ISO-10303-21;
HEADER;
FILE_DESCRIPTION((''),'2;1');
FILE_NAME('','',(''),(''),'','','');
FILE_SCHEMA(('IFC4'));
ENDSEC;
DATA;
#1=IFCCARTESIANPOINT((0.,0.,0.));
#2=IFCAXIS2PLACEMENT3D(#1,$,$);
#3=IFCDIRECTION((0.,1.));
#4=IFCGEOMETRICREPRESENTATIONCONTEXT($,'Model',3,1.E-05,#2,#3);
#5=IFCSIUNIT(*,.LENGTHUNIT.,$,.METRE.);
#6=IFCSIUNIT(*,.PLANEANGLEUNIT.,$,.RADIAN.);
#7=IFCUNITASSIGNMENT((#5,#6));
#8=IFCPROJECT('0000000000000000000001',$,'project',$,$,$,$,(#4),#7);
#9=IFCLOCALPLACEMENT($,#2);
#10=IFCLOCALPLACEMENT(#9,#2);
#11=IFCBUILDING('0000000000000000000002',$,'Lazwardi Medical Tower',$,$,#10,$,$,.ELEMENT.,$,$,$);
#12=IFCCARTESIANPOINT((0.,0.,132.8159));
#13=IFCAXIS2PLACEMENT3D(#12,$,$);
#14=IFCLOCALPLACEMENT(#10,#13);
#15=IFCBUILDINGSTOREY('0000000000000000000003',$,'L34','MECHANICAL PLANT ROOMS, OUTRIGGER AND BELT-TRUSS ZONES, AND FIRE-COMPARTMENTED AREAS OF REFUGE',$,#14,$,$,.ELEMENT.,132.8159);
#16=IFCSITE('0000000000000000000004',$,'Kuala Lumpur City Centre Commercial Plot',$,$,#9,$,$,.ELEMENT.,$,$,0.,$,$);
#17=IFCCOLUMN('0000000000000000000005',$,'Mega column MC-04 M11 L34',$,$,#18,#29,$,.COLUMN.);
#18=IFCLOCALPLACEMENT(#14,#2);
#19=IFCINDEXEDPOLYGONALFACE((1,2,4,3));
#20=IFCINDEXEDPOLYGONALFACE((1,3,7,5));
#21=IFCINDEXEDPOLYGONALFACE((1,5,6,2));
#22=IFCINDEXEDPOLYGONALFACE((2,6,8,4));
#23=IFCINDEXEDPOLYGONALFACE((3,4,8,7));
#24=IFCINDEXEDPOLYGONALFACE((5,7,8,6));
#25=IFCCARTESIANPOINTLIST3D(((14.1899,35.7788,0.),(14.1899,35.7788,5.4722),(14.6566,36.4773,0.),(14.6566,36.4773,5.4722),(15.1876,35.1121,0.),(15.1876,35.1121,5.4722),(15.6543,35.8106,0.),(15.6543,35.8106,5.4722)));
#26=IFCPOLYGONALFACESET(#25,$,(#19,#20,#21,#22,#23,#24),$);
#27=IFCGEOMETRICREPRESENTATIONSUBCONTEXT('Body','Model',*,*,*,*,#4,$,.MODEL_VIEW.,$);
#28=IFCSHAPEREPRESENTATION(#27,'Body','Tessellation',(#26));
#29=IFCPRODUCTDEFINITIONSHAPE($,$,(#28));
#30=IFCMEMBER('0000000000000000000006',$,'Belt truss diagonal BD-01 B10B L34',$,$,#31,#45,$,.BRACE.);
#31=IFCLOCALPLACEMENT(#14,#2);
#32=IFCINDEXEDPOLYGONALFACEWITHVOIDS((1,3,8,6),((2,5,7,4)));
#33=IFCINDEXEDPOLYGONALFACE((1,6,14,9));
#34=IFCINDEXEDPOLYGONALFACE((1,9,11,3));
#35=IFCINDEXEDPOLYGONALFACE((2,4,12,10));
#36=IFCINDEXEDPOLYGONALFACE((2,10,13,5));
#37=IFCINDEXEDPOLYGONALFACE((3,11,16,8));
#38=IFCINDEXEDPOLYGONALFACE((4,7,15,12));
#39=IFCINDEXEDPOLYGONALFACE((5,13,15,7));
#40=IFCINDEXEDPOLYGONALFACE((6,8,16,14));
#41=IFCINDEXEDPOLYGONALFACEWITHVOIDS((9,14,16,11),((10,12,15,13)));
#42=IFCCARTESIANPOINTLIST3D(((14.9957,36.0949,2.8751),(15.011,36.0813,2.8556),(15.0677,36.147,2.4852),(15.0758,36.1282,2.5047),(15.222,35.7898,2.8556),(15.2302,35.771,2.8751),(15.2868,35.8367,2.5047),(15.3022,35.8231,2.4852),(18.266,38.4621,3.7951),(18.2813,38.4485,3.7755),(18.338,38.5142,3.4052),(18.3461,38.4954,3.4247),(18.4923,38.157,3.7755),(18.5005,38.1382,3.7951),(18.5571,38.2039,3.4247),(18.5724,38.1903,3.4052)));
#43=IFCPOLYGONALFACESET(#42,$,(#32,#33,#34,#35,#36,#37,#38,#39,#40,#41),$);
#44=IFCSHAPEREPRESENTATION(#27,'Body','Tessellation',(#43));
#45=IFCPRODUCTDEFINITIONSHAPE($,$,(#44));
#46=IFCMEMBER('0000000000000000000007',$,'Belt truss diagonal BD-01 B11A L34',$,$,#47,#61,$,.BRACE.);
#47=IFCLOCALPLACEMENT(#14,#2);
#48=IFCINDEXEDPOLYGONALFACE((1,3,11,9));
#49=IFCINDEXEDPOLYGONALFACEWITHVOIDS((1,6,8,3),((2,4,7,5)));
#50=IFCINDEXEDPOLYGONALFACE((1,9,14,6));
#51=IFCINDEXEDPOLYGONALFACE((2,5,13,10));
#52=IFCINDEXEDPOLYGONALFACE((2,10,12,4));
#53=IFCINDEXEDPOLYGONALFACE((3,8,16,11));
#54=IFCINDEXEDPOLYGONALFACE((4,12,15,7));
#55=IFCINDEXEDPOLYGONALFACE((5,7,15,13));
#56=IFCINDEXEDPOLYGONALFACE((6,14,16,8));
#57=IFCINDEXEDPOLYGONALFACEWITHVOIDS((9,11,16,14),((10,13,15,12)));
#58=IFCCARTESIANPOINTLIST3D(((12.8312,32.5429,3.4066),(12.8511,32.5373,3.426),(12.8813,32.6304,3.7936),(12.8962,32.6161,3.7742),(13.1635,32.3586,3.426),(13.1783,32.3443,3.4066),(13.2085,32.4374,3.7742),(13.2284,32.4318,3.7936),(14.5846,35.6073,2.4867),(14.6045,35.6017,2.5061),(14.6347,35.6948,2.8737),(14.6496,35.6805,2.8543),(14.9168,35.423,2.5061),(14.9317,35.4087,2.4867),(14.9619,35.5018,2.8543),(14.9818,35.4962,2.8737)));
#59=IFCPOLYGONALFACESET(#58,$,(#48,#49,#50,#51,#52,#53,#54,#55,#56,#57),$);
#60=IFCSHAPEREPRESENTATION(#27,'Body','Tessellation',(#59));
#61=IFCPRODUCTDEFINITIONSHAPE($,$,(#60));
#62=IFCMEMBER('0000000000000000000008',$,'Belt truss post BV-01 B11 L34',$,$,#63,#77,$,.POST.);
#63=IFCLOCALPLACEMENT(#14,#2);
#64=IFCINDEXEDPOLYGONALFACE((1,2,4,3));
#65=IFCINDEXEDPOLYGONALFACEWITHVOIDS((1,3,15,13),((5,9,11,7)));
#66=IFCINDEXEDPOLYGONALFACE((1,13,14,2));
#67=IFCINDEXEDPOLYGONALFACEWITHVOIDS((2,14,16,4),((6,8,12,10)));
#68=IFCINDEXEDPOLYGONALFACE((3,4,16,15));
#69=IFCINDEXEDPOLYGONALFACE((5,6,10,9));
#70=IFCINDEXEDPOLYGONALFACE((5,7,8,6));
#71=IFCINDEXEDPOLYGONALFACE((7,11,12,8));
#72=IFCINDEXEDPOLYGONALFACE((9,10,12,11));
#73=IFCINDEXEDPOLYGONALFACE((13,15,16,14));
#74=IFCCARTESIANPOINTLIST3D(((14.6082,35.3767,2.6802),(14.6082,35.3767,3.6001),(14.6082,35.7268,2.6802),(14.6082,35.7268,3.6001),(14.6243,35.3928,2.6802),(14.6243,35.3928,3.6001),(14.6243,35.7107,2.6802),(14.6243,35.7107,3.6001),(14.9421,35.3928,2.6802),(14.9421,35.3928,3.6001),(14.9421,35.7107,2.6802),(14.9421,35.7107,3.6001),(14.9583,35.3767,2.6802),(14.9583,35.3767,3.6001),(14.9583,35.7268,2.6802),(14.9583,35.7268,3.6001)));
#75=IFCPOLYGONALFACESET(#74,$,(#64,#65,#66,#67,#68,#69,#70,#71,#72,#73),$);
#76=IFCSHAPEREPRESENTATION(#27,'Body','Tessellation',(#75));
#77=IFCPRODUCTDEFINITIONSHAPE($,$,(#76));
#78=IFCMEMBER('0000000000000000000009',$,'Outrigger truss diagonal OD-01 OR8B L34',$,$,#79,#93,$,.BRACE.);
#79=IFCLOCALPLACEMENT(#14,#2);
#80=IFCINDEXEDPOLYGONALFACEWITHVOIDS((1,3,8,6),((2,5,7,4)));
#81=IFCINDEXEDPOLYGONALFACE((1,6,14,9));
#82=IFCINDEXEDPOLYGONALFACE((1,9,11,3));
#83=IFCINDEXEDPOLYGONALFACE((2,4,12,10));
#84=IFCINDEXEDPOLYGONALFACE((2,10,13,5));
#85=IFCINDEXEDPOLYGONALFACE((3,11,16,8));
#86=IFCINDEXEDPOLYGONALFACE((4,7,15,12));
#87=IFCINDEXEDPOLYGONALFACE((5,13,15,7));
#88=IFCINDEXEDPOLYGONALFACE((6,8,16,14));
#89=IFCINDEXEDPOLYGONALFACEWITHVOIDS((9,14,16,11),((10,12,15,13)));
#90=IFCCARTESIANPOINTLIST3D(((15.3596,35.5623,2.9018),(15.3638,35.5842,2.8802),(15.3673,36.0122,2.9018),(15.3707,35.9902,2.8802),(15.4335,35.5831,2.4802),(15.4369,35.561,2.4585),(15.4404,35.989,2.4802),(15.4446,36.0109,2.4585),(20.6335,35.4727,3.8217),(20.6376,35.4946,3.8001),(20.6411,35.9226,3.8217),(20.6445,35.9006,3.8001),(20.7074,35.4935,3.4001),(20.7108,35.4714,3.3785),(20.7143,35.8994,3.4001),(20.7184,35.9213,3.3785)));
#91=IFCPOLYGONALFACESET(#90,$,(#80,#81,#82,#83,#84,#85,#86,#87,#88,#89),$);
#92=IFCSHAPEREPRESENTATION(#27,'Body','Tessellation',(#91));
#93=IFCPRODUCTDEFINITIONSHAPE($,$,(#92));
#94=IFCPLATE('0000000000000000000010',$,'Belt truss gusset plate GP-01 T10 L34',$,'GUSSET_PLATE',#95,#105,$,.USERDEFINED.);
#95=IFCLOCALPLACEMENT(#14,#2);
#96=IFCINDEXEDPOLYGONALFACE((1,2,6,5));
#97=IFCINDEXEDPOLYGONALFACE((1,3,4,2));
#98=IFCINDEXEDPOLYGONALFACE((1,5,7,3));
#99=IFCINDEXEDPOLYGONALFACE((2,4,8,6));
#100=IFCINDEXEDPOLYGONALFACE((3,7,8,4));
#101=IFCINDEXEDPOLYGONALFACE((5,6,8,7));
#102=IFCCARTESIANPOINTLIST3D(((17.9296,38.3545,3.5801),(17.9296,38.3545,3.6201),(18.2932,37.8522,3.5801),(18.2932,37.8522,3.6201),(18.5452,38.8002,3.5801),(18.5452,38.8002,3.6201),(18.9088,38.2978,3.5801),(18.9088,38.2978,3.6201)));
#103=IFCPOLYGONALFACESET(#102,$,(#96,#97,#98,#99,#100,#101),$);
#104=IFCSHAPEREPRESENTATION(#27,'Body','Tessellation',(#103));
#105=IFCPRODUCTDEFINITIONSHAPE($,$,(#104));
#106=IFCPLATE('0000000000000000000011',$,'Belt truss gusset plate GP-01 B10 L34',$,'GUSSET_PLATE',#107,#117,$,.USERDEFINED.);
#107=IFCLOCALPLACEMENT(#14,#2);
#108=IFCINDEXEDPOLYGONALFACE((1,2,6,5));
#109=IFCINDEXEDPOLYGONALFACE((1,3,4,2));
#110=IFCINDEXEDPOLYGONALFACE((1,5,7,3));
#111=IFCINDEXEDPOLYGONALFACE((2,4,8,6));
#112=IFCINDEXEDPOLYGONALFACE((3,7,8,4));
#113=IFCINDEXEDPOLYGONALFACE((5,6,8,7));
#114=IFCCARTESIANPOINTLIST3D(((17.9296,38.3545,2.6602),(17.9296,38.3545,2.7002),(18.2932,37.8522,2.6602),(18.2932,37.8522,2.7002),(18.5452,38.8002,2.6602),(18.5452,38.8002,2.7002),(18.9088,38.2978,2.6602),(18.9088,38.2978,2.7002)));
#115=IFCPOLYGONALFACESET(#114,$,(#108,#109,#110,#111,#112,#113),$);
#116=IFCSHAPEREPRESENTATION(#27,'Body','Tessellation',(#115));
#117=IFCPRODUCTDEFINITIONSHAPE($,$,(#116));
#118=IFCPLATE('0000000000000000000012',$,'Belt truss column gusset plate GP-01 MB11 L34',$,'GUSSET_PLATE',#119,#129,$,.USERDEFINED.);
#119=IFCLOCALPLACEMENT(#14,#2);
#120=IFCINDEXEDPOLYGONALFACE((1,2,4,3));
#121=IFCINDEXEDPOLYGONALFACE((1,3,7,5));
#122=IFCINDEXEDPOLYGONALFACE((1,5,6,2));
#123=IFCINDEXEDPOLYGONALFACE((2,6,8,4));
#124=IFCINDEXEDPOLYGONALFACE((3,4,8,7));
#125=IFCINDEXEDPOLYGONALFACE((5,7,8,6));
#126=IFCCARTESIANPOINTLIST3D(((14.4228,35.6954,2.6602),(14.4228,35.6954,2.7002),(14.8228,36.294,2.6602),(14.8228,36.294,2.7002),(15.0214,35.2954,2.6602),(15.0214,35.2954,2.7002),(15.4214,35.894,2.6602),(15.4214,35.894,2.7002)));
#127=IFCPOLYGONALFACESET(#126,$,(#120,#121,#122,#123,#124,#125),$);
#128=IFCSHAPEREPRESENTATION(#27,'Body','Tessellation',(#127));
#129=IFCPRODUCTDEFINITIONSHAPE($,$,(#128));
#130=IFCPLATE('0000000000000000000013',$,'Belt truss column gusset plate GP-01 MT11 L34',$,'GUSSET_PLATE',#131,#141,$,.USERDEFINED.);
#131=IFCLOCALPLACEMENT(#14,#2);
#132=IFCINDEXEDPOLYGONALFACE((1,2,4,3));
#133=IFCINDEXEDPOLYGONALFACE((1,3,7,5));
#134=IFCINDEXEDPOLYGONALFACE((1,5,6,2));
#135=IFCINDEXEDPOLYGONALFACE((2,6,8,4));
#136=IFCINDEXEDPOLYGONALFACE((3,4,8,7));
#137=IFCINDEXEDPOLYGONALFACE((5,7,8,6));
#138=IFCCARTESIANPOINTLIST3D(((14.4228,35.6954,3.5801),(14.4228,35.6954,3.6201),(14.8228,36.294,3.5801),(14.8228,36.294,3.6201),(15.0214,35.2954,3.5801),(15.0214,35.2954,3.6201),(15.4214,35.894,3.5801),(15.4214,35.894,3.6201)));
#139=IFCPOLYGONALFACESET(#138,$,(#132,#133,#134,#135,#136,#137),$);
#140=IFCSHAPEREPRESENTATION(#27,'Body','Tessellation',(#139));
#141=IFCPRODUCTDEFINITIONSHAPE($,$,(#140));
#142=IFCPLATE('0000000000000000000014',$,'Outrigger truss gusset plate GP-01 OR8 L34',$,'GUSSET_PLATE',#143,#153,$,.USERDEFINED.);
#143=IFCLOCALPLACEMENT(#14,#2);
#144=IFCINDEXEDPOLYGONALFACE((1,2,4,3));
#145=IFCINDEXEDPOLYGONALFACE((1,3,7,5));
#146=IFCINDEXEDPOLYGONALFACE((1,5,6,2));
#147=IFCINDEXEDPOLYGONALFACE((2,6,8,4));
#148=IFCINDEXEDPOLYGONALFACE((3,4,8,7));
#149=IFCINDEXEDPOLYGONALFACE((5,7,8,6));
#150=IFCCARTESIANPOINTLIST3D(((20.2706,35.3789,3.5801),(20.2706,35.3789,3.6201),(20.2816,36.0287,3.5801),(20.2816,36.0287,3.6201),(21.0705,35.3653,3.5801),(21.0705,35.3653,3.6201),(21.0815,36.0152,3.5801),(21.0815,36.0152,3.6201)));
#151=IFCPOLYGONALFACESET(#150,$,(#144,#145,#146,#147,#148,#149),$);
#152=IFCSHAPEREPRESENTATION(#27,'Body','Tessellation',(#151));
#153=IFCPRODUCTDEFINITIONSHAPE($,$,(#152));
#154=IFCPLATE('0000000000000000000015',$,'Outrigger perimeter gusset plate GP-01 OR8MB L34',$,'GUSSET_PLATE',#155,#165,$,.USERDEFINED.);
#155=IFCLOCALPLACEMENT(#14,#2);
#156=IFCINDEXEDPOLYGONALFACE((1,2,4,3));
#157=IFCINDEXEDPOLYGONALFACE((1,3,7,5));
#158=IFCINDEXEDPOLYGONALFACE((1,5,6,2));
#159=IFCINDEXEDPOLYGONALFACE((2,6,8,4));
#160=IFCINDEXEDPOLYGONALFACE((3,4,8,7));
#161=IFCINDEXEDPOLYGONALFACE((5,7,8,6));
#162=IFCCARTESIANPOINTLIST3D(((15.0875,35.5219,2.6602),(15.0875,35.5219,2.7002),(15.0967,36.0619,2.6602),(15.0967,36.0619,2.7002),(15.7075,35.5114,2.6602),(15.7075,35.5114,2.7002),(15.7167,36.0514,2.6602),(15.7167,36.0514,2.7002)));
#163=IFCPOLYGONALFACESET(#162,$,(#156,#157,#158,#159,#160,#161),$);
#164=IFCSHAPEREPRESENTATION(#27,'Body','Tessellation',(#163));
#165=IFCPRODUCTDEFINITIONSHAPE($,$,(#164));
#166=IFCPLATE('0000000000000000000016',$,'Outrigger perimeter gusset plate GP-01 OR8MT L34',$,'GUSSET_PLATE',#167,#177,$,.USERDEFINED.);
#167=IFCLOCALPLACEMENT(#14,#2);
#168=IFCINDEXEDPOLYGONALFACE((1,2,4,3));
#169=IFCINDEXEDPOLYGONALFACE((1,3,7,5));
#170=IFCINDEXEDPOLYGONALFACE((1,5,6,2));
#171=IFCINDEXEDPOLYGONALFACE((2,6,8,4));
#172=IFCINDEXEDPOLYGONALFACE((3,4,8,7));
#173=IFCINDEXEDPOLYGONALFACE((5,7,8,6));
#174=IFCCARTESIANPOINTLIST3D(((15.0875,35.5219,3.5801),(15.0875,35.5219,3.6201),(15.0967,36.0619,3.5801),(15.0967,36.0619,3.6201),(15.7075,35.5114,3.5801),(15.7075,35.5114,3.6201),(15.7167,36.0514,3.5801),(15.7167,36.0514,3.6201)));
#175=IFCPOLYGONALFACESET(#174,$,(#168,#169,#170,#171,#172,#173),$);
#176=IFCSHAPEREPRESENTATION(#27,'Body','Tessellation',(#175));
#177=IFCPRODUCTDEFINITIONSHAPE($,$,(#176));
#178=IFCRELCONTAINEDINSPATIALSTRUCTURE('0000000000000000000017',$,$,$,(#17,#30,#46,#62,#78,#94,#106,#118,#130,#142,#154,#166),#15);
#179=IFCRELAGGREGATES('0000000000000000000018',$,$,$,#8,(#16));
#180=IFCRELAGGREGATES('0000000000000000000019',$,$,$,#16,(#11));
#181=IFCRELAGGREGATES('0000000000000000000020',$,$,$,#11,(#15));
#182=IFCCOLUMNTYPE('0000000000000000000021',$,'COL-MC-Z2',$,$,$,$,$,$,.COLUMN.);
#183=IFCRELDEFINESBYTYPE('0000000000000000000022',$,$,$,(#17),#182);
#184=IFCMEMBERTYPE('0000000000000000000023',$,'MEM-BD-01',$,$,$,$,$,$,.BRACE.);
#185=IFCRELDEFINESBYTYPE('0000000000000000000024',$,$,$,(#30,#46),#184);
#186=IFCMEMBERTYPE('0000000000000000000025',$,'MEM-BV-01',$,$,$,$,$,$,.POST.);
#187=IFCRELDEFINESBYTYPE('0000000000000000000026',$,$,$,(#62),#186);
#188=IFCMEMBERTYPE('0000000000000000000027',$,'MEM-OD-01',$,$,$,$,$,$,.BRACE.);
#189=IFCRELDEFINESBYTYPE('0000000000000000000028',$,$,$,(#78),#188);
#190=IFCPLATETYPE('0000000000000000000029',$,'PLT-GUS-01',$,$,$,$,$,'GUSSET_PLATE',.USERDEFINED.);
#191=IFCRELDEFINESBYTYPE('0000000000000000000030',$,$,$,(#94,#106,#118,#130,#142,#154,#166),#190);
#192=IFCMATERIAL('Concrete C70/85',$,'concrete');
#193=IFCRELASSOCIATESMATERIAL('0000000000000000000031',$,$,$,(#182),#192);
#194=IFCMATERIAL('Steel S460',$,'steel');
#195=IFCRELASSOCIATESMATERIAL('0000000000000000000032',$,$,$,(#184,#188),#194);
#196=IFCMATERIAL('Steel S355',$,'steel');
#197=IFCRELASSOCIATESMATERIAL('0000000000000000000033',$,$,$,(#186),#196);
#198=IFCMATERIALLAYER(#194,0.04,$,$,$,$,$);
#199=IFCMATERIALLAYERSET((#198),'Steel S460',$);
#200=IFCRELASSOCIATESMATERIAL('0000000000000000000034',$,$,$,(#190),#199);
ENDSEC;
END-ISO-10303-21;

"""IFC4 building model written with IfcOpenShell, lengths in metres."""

from ifc_helpers import new_model, si_unit, direction, frame, origin, origin_2d, place, context, subcontext, project, spatial, rectangle, hollow_rectangle, extrude, material, layer, layer_set, material_profile, profile_set, type_object, element, save


model = new_model("IFC4")

# Units and contexts
model_context = context("Model", 3, precision=1e-05, world=origin(), true_north=direction((0.0, 1.0)))
body_context = subcontext(model_context, "Body", "Model", "MODEL_VIEW")
ifc_project = project(units=[si_unit("LENGTHUNIT", "METRE"), si_unit("PLANEANGLEUNIT", "RADIAN")], contexts=[model_context])

# Site, building, storey
site_placement = place(None, origin())
site = spatial("IfcSite", under=ifc_project, at=site_placement, Name="Kuala Lumpur City Centre Commercial Plot", CompositionType="ELEMENT", RefElevation=0.0)
building_placement = place(site_placement, origin())
building = spatial("IfcBuilding", under=site, at=building_placement, Name="Lazwardi Medical Tower", CompositionType="ELEMENT")
storey_placement = place(building_placement, frame((0.0, 0.0, 132.8159)))
storey = spatial("IfcBuildingStorey", under=building, at=storey_placement, Name="L34", Description="MECHANICAL PLANT ROOMS, OUTRIGGER AND BELT-TRUSS ZONES, AND FIRE-COMPARTMENTED AREAS OF REFUGE", CompositionType="ELEMENT", Elevation=132.8159)

# Column
ifc_material_1 = material(Name="Concrete C70/85", Category="concrete")
ifc_material_profile_1 = material_profile(ifc_material_1, rectangle(XDim=1.2, YDim=0.8401, at=origin_2d()), Name="CFT-RECT 1200x840")
ifc_profile_set_1 = profile_set([ifc_material_profile_1], Name="Concrete C70/85")
column_type = type_object("IfcColumnType", Name="COL-MC-Z2", PredefinedType="COLUMN", material=ifc_profile_set_1)
column_placement = place(storey_placement, frame((14.9221, 35.7947, 0.0), z_axis=(0.0, 0.0, 1.0), x_axis=(-0.83147, 0.55557, 0.0)))
element("IfcColumn", 1, at=column_placement, inside=storey, type_object=column_type, Name="Mega column MC-04 M11 L34", PredefinedType="COLUMN", context=body_context, shape_type="SweptSolid", body=[
    extrude(rectangle(XDim=1.2, YDim=0.8401, at=origin_2d()), origin(), (0.0, 0.0, 1.0), 5.4722),
])

# Members
ifc_material_2 = material(Name="Steel S460", Category="steel")
ifc_material_profile_2 = material_profile(ifc_material_2, hollow_rectangle(XDim=0.3999, YDim=0.3999, WallThickness=0.02, at=origin_2d()), Name="RHS 400x400x20")
ifc_profile_set_2 = profile_set([ifc_material_profile_2], Name="Steel S460")
member_type_1 = type_object("IfcMemberType", Name="MEM-BD-01", PredefinedType="BRACE", material=ifc_profile_set_2)
member_1_placement = place(storey_placement, frame((15.1489, 35.959, 2.6802), z_axis=(0.789807, 0.571703, 0.222172), x_axis=(-0.586358, 0.810052, 0.0)))
element("IfcMember", 2, at=member_1_placement, inside=storey, type_object=member_type_1, Name="Belt truss diagonal BD-01 B10B L34", PredefinedType="BRACE", context=body_context, shape_type="SweptSolid", body=[
    extrude(hollow_rectangle(XDim=0.3999, YDim=0.3999, WallThickness=0.02, at=origin_2d()), origin(), (0.0, 0.0, 1.0), 4.1406),
])
member_2_placement = place(storey_placement, frame((14.7832, 35.5518, 2.6802), z_axis=(-0.480585, -0.83992, 0.252137), x_axis=(0.867962, -0.49663, 0.0)))
element("IfcMember", 3, at=member_2_placement, inside=storey, type_object=member_type_1, Name="Belt truss diagonal BD-01 B11A L34", PredefinedType="BRACE", context=body_context, shape_type="SweptSolid", body=[
    extrude(hollow_rectangle(XDim=0.3999, YDim=0.3999, WallThickness=0.02, at=origin_2d()), origin(), (0.0, 0.0, 1.0), 3.6484),
])
ifc_material_3 = material(Name="Steel S355", Category="steel")
ifc_material_profile_3 = material_profile(ifc_material_3, hollow_rectangle(XDim=0.3501, YDim=0.3501, WallThickness=0.0161, at=origin_2d()), Name="RHS 350x350x16")
ifc_profile_set_3 = profile_set([ifc_material_profile_3], Name="Steel S355")
member_type_2 = type_object("IfcMemberType", Name="MEM-BV-01", PredefinedType="POST", material=ifc_profile_set_3)
member_3_placement = place(storey_placement, frame((14.7832, 35.5518, 2.6802), z_axis=(0.0, 0.0, 1.0), x_axis=(1.0, 0.0, 0.0)))
element("IfcMember", 4, at=member_3_placement, inside=storey, type_object=member_type_2, Name="Belt truss post BV-01 B11 L34", PredefinedType="POST", context=body_context, shape_type="SweptSolid", body=[
    extrude(hollow_rectangle(XDim=0.3501, YDim=0.3501, WallThickness=0.0161, at=origin_2d()), origin(), (0.0, 0.0, 1.0), 0.9199),
])
ifc_material_profile_4 = material_profile(ifc_material_2, hollow_rectangle(XDim=0.45, YDim=0.45, WallThickness=0.022, at=origin_2d()), Name="RHS 450x450x22")
ifc_profile_set_4 = profile_set([ifc_material_profile_4], Name="Steel S460")
member_type_3 = type_object("IfcMemberType", Name="MEM-OD-01", PredefinedType="BRACE", material=ifc_profile_set_4)
member_4_placement = place(storey_placement, frame((15.4021, 35.7866, 2.6802), z_axis=(0.984988, -0.016734, 0.17181), x_axis=(0.016987, 0.999856, 0.0)))
element("IfcMember", 5, at=member_4_placement, inside=storey, type_object=member_type_3, Name="Outrigger truss diagonal OD-01 OR8B L34", PredefinedType="BRACE", context=body_context, shape_type="SweptSolid", body=[
    extrude(hollow_rectangle(XDim=0.45, YDim=0.45, WallThickness=0.022, at=origin_2d()), origin(), (0.0, 0.0, 1.0), 5.3542),
])

# Plates
ifc_layer = layer(ifc_material_2, 0.04)
ifc_layer_set = layer_set([ifc_layer], Name="Steel S460")
plate_type = type_object("IfcPlateType", Name="PLT-GUS-01", ElementType="GUSSET_PLATE", PredefinedType="USERDEFINED", material=ifc_layer_set)
for number, where, z_axis, x_axis, name in (
    (6, (18.4192, 38.3262, 3.5801), (0.0, 0.0, 1.0), (-0.810042, -0.586372, 0.0), "Belt truss gusset plate GP-01 T10 L34"),
    (7, (18.4192, 38.3262, 2.6602), (0.0, 0.0, 1.0), (-0.810042, -0.586372, 0.0), "Belt truss gusset plate GP-01 B10 L34"),
):
    element("IfcPlate", number, at=place(storey_placement, frame(where, z_axis=z_axis, x_axis=x_axis)), inside=storey, type_object=plate_type, Name=name, ObjectType="GUSSET_PLATE", PredefinedType="USERDEFINED", context=body_context, shape_type="SweptSolid", body=[
        extrude(rectangle(XDim=0.76, YDim=0.6201, at=origin_2d()), origin(), (0.0, 0.0, 1.0), 0.04),
    ])
for number, where, z_axis, x_axis, name in (
    (8, (14.9221, 35.7947, 2.6602), (0.0, 0.0, 1.0), (-0.83147, 0.55557, 0.0), "Belt truss column gusset plate GP-01 MB11 L34"),
    (9, (14.9221, 35.7947, 3.5801), (0.0, 0.0, 1.0), (-0.83147, 0.55557, 0.0), "Belt truss column gusset plate GP-01 MT11 L34"),
):
    element("IfcPlate", number, at=place(storey_placement, frame(where, z_axis=z_axis, x_axis=x_axis)), inside=storey, type_object=plate_type, Name=name, ObjectType="GUSSET_PLATE", PredefinedType="USERDEFINED", context=body_context, shape_type="SweptSolid", body=[
        extrude(rectangle(XDim=0.72, YDim=0.72, at=origin_2d()), origin(), (0.0, 0.0, 1.0), 0.04),
    ])
plate_placement = place(storey_placement, frame((20.676, 35.697, 3.5801), z_axis=(0.0, 0.0, 1.0), x_axis=(-0.999857, 0.016929, 0.0)))
element("IfcPlate", 10, at=plate_placement, inside=storey, type_object=plate_type, Name="Outrigger truss gusset plate GP-01 OR8 L34", ObjectType="GUSSET_PLATE", PredefinedType="USERDEFINED", context=body_context, shape_type="SweptSolid", body=[
    extrude(rectangle(XDim=0.8, YDim=0.6499, at=origin_2d()), origin(), (0.0, 0.0, 1.0), 0.04),
])
for number, where, z_axis, x_axis, name in (
    (11, (15.4021, 35.7866, 2.6602), (0.0, 0.0, 1.0), (-0.999857, 0.016929, 0.0), "Outrigger perimeter gusset plate GP-01 OR8MB L34"),
    (12, (15.4021, 35.7866, 3.5801), (0.0, 0.0, 1.0), (-0.999857, 0.016929, 0.0), "Outrigger perimeter gusset plate GP-01 OR8MT L34"),
):
    element("IfcPlate", number, at=place(storey_placement, frame(where, z_axis=z_axis, x_axis=x_axis)), inside=storey, type_object=plate_type, Name=name, ObjectType="GUSSET_PLATE", PredefinedType="USERDEFINED", context=body_context, shape_type="SweptSolid", body=[
        extrude(rectangle(XDim=0.6201, YDim=0.54, at=origin_2d()), origin(), (0.0, 0.0, 1.0), 0.04),
    ])

save(model, "model.ifc")
